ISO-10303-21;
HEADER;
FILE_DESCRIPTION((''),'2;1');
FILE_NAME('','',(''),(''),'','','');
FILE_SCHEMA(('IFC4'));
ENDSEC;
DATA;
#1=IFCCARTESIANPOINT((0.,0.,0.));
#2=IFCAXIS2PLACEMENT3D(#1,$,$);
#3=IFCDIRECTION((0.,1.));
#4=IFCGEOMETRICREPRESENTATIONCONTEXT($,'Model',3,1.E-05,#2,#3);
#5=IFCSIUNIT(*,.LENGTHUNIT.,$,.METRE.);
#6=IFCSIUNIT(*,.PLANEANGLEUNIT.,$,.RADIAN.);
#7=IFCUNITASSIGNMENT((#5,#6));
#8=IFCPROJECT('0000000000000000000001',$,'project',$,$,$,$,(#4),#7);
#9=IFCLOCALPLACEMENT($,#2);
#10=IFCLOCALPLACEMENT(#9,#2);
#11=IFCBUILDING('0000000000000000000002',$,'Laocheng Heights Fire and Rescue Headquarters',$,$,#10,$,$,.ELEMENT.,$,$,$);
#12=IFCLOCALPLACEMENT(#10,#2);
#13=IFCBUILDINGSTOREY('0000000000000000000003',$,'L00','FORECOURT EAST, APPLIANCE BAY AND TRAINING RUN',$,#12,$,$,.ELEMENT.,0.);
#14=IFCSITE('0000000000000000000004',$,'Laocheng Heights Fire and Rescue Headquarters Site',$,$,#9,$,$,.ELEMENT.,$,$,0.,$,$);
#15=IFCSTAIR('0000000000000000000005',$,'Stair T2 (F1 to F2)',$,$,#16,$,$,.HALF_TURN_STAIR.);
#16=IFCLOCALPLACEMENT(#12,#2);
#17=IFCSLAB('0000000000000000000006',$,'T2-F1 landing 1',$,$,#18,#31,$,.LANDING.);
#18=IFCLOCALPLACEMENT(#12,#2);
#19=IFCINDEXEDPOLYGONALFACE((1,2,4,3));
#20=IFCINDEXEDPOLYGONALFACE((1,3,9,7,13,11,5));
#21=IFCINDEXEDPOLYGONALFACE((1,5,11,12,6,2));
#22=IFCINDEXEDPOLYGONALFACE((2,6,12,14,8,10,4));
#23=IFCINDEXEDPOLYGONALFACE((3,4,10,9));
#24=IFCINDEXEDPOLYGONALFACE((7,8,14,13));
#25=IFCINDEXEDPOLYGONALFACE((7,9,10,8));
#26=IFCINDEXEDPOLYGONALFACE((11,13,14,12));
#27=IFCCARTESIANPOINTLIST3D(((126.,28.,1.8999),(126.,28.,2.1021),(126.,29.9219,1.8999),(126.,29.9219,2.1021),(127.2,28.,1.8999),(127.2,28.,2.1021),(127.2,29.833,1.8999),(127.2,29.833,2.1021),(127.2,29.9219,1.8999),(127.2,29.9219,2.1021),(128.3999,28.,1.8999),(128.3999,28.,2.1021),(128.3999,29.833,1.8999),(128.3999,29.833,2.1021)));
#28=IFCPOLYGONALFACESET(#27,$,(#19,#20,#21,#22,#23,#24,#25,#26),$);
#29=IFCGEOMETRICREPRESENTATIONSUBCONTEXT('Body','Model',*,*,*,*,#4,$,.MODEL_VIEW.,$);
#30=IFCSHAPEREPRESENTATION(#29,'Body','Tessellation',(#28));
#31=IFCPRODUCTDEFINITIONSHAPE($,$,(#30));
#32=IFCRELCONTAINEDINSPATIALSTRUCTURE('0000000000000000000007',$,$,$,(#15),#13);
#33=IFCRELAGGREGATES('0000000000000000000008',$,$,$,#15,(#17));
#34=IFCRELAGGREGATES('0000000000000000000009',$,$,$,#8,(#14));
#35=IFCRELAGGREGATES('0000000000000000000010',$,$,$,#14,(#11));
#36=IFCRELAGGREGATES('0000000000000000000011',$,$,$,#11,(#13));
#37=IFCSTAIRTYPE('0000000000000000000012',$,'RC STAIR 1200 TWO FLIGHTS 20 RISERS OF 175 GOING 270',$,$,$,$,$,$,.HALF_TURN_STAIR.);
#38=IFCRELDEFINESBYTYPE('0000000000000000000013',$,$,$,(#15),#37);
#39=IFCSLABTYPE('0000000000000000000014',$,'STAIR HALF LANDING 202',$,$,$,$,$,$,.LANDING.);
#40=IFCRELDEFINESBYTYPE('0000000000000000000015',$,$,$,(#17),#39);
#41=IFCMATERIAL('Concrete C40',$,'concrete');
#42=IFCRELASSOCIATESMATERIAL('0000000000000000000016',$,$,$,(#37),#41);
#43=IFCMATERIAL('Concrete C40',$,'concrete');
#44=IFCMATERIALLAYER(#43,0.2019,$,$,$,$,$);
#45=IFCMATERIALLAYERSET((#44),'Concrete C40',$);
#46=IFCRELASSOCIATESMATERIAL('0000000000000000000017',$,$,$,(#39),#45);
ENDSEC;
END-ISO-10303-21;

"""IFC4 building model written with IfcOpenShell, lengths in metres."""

from ifc_helpers import new_model, si_unit, direction, frame, origin, place, context, subcontext, project, spatial, polyline, outline, extrude, material, layer, layer_set, type_object, element, aggregate, save


model = new_model("IFC4")

# Units and contexts
model_context = context("Model", 3, precision=1e-05, world=origin(), true_north=direction((0.0, 1.0)))
body_context = subcontext(model_context, "Body", "Model", "MODEL_VIEW")
ifc_project = project(units=[si_unit("LENGTHUNIT", "METRE"), si_unit("PLANEANGLEUNIT", "RADIAN")], contexts=[model_context])

# Site, building, storey
site_placement = place(None, origin())
site = spatial("IfcSite", under=ifc_project, at=site_placement, Name="Laocheng Heights Fire and Rescue Headquarters Site", CompositionType="ELEMENT", RefElevation=0.0)
building_placement = place(site_placement, origin())
building = spatial("IfcBuilding", under=site, at=building_placement, Name="Laocheng Heights Fire and Rescue Headquarters", CompositionType="ELEMENT")
storey_placement = place(building_placement, origin())
storey = spatial("IfcBuildingStorey", under=building, at=storey_placement, Name="L00", Description="FORECOURT EAST, APPLIANCE BAY AND TRAINING RUN", CompositionType="ELEMENT", Elevation=0.0)

# Stair
ifc_material_1 = material(Name="Concrete C40", Category="concrete")
stair_type_1 = type_object("IfcStairType", Name="RC STAIR 1200 TWO FLIGHTS 20 RISERS OF 175 GOING 270", PredefinedType="HALF_TURN_STAIR", material=ifc_material_1)
stair_1_placement = place(storey_placement, origin())
stair_1 = element("IfcStair", 1, at=stair_1_placement, inside=storey, type_object=stair_type_1, Name="Stair T2 (F1 to F2)", PredefinedType="HALF_TURN_STAIR")

# Slab
ifc_material_2 = material(Name="Concrete C40", Category="concrete")
ifc_layer_1 = layer(ifc_material_2, 0.2019)
ifc_layer_set_1 = layer_set([ifc_layer_1], Name="Concrete C40")
slab_type_1 = type_object("IfcSlabType", Name="STAIR HALF LANDING 202", PredefinedType="LANDING", material=ifc_layer_set_1)
slab_1_placement = place(storey_placement, frame((0.0, 0.0, 1.8999)))
slab_1 = element("IfcSlab", 2, at=slab_1_placement, type_object=slab_type_1, Name="T2-F1 landing 1", PredefinedType="LANDING", context=body_context, shape_type="SweptSolid", body=[
    extrude(outline(polyline([(128.3999, 28.0), (128.3999, 29.833), (127.2, 29.833), (127.2, 29.9219), (126.0, 29.9219), (126.0, 28.0), (127.2, 28.0), (128.3999, 28.0)])), origin(), (0.0, 0.0, 1.0), 0.2021),
])
aggregate(stair_1, [slab_1])

save(model, "model.ifc")
